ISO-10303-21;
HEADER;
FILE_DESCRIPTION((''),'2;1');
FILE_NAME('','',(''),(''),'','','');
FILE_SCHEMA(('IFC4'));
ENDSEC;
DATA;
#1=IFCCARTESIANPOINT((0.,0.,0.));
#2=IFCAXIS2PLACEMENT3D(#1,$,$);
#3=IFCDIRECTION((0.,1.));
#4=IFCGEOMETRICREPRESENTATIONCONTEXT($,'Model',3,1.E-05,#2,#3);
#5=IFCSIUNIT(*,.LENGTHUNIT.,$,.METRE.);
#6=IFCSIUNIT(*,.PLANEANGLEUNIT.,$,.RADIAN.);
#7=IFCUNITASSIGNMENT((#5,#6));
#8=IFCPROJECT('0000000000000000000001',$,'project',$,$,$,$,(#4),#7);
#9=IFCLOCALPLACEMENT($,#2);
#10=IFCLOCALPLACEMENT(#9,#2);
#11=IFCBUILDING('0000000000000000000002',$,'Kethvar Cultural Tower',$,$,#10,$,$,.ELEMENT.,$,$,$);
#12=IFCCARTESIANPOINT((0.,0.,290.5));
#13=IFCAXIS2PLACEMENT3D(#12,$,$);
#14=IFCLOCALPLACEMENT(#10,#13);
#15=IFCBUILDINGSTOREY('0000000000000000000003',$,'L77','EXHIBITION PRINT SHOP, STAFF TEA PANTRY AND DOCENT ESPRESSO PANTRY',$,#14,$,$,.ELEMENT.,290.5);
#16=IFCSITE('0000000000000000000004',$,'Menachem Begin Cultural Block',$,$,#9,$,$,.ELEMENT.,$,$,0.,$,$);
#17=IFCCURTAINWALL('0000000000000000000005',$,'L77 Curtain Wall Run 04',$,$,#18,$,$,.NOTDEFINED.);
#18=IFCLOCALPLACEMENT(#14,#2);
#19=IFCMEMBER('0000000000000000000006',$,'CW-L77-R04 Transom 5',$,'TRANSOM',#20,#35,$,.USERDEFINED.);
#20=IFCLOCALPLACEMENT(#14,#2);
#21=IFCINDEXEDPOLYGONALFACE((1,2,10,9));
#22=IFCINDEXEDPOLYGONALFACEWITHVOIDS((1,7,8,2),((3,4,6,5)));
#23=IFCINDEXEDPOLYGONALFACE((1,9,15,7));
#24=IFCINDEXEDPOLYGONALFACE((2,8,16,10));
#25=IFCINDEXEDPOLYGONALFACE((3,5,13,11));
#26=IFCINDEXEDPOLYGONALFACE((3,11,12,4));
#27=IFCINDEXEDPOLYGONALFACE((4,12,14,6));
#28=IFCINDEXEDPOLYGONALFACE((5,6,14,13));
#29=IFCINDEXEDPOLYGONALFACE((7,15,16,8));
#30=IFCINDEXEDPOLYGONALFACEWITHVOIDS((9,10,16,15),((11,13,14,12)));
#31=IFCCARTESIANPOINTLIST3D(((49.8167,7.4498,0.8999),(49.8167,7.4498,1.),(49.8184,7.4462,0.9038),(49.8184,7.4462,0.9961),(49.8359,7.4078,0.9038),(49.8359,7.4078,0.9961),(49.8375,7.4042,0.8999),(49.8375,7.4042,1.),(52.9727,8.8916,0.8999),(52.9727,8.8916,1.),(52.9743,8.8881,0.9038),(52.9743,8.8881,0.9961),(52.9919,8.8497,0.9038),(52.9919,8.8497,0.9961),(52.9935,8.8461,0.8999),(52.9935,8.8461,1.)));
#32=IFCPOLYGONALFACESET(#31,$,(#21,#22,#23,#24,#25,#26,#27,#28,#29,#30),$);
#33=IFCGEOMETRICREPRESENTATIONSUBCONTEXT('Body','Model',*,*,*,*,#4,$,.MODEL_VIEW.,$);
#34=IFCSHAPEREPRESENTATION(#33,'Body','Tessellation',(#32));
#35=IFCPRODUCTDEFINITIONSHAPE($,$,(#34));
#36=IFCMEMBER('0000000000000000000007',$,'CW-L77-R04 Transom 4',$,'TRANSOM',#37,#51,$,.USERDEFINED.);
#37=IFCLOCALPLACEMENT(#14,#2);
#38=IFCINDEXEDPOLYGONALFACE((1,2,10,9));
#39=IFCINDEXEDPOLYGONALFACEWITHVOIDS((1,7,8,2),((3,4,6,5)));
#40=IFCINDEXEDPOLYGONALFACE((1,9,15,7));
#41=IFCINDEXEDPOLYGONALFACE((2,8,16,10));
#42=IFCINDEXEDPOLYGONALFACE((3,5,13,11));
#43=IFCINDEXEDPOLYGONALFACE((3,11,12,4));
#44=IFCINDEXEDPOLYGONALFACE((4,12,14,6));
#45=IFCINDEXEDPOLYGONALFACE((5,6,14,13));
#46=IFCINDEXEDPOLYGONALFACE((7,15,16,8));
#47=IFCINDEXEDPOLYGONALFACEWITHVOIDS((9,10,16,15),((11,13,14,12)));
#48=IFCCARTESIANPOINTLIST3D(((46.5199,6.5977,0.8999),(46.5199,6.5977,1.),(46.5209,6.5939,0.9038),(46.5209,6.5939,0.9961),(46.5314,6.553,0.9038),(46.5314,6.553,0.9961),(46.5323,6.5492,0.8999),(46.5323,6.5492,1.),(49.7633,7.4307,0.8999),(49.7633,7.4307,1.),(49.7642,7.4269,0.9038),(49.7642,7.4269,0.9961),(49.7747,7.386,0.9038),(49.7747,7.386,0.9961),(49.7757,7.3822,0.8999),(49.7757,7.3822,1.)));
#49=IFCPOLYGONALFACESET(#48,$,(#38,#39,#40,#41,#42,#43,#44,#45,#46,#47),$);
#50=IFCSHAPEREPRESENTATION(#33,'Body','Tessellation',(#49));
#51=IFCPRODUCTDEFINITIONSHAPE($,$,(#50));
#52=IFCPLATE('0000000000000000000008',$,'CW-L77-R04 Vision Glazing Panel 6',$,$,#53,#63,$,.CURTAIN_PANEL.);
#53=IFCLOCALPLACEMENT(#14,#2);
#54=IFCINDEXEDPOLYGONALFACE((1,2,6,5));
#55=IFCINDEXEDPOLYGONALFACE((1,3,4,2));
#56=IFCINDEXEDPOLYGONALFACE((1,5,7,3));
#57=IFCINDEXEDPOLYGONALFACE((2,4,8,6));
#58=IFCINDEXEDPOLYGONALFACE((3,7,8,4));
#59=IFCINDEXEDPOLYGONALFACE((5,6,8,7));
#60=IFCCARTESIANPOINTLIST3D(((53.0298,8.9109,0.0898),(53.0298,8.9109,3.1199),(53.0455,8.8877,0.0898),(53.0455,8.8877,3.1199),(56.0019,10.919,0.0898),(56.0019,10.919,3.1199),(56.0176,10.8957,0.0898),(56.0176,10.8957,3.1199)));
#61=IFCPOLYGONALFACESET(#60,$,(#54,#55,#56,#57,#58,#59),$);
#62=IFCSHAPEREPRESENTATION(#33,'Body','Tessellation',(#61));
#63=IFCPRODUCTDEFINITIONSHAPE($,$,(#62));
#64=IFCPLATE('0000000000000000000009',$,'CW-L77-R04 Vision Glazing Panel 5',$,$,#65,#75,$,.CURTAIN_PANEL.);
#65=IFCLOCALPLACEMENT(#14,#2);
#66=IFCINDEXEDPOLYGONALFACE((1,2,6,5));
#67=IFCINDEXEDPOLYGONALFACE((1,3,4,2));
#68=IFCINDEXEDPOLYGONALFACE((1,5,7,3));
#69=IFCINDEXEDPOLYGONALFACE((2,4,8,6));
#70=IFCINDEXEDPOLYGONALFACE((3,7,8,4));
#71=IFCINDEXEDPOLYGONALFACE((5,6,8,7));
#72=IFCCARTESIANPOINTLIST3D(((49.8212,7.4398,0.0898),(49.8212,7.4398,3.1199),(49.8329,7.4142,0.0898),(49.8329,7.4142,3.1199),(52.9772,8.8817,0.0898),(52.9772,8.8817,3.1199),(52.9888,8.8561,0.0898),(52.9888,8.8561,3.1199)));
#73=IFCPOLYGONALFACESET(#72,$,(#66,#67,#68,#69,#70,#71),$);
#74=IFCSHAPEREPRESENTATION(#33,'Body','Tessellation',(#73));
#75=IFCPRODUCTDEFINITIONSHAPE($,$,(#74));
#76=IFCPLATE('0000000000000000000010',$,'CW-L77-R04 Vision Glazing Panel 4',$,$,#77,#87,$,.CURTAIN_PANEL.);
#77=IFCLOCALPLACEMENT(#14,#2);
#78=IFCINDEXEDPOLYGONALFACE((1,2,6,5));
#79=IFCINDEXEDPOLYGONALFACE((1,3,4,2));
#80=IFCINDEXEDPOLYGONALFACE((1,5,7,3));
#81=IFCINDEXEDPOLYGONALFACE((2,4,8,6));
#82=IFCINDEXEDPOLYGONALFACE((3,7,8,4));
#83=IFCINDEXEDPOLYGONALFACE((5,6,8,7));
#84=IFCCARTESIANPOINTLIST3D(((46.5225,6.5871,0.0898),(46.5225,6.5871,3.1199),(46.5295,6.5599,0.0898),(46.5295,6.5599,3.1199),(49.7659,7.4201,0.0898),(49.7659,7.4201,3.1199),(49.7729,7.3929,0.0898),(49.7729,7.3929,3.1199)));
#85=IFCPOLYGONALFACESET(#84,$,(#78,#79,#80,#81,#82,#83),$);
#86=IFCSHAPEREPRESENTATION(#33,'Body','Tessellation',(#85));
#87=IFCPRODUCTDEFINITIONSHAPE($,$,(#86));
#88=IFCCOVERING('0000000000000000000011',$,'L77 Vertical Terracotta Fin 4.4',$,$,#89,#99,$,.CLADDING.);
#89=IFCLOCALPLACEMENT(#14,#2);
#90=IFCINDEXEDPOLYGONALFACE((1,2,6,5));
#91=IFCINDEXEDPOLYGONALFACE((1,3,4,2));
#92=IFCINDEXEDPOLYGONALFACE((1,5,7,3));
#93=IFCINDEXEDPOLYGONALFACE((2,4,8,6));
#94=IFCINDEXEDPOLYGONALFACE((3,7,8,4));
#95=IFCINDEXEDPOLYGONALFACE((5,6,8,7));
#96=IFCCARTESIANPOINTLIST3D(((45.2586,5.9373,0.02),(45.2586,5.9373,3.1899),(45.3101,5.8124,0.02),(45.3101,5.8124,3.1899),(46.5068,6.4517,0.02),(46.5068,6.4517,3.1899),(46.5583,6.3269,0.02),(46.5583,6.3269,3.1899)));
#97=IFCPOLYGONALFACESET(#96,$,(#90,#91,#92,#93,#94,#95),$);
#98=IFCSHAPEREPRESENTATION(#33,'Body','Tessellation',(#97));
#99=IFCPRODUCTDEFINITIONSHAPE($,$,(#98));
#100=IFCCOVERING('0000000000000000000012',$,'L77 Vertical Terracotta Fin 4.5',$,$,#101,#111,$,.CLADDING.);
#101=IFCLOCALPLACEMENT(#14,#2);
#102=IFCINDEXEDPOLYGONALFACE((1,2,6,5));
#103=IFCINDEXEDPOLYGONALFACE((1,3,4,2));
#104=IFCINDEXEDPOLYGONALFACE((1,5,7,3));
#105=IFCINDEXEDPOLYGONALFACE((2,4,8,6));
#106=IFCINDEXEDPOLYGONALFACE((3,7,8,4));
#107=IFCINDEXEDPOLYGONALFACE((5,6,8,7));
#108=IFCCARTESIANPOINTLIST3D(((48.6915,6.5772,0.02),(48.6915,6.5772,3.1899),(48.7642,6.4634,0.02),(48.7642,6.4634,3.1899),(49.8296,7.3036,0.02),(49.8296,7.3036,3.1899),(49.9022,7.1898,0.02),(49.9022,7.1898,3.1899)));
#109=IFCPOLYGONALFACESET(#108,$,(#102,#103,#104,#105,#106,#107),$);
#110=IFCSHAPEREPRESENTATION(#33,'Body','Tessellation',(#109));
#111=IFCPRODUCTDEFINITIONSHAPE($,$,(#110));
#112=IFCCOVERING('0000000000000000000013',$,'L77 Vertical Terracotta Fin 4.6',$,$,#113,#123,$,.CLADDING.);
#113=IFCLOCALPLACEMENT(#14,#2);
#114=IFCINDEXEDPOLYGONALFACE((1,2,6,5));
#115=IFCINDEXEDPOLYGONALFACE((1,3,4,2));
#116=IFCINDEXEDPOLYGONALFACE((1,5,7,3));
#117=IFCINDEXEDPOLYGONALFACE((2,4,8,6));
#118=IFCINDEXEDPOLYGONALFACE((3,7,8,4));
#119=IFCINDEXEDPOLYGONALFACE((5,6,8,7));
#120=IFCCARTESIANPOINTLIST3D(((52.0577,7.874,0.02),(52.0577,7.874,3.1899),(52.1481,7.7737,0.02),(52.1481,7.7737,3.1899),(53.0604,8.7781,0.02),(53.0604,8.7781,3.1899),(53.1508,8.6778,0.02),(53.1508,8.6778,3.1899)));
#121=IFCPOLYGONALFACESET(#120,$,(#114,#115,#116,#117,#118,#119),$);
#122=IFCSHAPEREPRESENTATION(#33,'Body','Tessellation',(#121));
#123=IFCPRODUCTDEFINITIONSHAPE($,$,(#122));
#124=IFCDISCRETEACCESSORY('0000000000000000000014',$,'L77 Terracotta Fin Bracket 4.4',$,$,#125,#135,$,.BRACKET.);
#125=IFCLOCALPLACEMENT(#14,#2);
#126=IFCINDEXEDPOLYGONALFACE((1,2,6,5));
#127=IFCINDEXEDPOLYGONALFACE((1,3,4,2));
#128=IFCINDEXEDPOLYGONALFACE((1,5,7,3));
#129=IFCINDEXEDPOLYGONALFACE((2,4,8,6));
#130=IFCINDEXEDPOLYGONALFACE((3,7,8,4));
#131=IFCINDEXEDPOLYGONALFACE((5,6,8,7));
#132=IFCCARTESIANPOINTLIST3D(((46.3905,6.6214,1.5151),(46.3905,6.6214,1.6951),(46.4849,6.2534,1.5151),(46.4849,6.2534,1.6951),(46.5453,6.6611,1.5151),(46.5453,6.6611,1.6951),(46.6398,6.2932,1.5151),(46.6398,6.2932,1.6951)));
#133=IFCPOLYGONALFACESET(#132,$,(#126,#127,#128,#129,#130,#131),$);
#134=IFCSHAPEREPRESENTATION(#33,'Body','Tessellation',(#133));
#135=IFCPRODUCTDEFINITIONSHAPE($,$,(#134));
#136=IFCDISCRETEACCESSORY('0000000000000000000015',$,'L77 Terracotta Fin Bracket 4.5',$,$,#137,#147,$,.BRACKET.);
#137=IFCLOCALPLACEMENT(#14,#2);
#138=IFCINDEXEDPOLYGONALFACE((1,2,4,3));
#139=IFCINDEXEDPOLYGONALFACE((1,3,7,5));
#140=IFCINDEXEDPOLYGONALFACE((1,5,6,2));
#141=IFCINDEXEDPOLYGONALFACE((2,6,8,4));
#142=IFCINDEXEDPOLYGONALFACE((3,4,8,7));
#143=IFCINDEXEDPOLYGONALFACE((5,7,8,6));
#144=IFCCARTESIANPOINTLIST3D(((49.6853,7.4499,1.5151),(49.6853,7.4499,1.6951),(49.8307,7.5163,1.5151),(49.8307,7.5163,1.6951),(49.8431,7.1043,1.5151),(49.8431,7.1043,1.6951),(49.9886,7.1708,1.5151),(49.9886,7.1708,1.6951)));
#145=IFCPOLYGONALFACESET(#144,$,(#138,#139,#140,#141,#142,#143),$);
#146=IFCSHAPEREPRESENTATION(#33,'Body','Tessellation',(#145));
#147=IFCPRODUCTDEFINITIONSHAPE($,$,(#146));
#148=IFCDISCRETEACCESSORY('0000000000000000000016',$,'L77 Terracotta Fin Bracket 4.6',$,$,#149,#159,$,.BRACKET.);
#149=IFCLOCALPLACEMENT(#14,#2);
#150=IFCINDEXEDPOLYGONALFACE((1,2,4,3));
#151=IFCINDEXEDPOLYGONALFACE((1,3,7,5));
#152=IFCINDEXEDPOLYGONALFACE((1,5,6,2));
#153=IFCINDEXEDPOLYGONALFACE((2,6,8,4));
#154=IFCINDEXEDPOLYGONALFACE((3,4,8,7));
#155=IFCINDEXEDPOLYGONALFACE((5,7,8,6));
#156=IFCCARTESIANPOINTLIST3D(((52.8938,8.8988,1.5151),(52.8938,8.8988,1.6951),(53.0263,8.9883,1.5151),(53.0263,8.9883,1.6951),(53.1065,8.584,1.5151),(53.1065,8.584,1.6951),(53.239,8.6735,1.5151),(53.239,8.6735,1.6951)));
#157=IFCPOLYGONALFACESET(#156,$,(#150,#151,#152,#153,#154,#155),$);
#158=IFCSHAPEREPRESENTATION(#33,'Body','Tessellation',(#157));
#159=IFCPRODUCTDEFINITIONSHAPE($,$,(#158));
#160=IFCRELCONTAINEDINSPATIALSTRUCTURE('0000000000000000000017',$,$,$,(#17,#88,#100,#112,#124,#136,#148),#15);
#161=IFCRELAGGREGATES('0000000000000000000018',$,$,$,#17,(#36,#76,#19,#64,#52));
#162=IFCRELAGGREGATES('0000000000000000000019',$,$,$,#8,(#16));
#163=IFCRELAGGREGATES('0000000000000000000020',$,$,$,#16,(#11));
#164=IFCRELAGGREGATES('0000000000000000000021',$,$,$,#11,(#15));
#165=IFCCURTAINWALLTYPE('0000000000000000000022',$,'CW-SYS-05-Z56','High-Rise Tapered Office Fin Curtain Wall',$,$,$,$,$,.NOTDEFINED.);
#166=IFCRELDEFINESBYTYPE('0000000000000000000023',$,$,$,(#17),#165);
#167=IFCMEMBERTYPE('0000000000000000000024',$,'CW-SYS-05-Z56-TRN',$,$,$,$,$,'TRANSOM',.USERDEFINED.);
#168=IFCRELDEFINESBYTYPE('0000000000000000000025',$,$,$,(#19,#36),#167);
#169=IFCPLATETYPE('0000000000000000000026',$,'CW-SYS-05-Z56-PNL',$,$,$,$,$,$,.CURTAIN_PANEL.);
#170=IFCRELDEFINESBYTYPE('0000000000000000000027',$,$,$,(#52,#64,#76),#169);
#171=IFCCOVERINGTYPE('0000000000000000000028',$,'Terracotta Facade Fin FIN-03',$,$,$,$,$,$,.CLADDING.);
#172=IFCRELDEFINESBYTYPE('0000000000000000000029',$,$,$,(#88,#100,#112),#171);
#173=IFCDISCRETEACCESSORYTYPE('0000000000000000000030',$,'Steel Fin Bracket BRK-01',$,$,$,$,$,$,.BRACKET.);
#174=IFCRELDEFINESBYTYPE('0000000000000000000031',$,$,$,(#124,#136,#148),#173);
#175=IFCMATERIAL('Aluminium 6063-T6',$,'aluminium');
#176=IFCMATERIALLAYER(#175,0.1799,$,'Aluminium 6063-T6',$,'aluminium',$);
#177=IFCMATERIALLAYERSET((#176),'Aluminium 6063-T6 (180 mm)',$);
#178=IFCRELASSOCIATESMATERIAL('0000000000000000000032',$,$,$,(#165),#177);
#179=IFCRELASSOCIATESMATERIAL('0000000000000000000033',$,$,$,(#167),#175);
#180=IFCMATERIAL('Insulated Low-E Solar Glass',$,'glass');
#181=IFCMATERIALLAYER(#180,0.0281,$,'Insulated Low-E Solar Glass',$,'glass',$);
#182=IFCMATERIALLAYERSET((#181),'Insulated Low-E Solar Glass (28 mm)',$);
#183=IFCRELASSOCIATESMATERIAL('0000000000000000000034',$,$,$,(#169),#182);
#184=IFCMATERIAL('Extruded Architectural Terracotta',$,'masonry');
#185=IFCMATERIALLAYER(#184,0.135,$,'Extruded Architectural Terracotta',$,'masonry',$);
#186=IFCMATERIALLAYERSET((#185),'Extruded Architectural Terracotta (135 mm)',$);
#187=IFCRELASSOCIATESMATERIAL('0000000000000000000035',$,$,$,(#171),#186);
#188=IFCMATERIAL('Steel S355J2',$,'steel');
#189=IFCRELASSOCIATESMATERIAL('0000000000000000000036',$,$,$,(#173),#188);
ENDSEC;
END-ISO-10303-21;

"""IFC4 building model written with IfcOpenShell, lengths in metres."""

from ifc_helpers import new_model, si_unit, direction, frame, origin, origin_2d, place, context, subcontext, project, spatial, rectangle, hollow_rectangle, extrude, source, transform, mapped, material, layer, layer_set, material_profile, profile_set, type_object, element, aggregate, save


model = new_model("IFC4")

# Units and contexts
model_context = context("Model", 3, precision=1e-05, world=origin(), true_north=direction((0.0, 1.0)))
body_context = subcontext(model_context, "Body", "Model", "MODEL_VIEW")
ifc_project = project(units=[si_unit("LENGTHUNIT", "METRE"), si_unit("PLANEANGLEUNIT", "RADIAN")], contexts=[model_context])

# Site, building, storey
site_placement = place(None, origin())
site = spatial("IfcSite", under=ifc_project, at=site_placement, Name="Menachem Begin Cultural Block", CompositionType="ELEMENT", RefElevation=0.0)
building_placement = place(site_placement, origin())
building = spatial("IfcBuilding", under=site, at=building_placement, Name="Kethvar Cultural Tower", CompositionType="ELEMENT")
storey_placement = place(building_placement, frame((0.0, 0.0, 290.5)))
storey = spatial("IfcBuildingStorey", under=building, at=storey_placement, Name="L77", Description="EXHIBITION PRINT SHOP, STAFF TEA PANTRY AND DOCENT ESPRESSO PANTRY", CompositionType="ELEMENT", Elevation=290.5)

# Shared definitions
ifc_material_1 = material(Name="Steel S355J2", Category="steel")

# Curtain wall, members, plates
ifc_material_2 = material(Name="Aluminium 6063-T6", Category="aluminium")
ifc_layer_1 = layer(ifc_material_2, 0.1799, Name="Aluminium 6063-T6", Category="aluminium")
ifc_layer_set_1 = layer_set([ifc_layer_1], Name="Aluminium 6063-T6 (180 mm)")
curtain_wall_type = type_object("IfcCurtainWallType", Name="CW-SYS-05-Z56", Description="High-Rise Tapered Office Fin Curtain Wall", PredefinedType="NOTDEFINED", material=ifc_layer_set_1)
curtain_wall_placement = place(storey_placement, origin())
curtain_wall = element("IfcCurtainWall", 1, at=curtain_wall_placement, inside=storey, type_object=curtain_wall_type, Name="L77 Curtain Wall Run 04", PredefinedType="NOTDEFINED")
ifc_material_profile_1 = material_profile(ifc_material_2, hollow_rectangle(XDim=0.05, YDim=0.1001, WallThickness=0.0039, at=origin_2d()), Name="Aluminium 6063-T6 — RHS100x50x4")
ifc_profile_set_1 = profile_set([ifc_material_profile_1], Name="Aluminium 6063-T6 — RHS100x50x4")
member_type_1 = type_object("IfcMemberType", Name="CW-SYS-05-Z56-TRN", ElementType="TRANSOM", PredefinedType="USERDEFINED", material=ifc_profile_set_1)
shared_shape_1 = source(origin(), body_context, "Body", "SweptSolid", [
    extrude(hollow_rectangle(XDim=0.05, YDim=0.1001, WallThickness=0.0039, at=origin_2d()), origin(), (0.0, 0.0, 1.0), 3.4697),
])
member_1_placement = place(storey_placement, frame((49.8271, 7.427, 0.95), z_axis=(0.909567, 0.415557, 0.0), x_axis=(-0.415557, 0.909567, 0.0)))
member_1 = element("IfcMember", 2, at=member_1_placement, type_object=member_type_1, Name="CW-L77-R04 Transom 5", ObjectType="TRANSOM", PredefinedType="USERDEFINED", context=body_context, shape_type="MappedRepresentation", body=[
    mapped(shared_shape_1, transform((0.0, 0.0, 0.0), scale=1.0)),
])
shared_shape_2 = source(origin(), body_context, "Body", "SweptSolid", [
    extrude(hollow_rectangle(XDim=0.05, YDim=0.1001, WallThickness=0.0039, at=origin_2d()), origin(), (0.0, 0.0, 1.0), 3.3486),
])
member_2_placement = place(storey_placement, frame((46.5261, 6.5735, 0.95), z_axis=(0.968566, 0.248758, 0.0), x_axis=(-0.248758, 0.968566, 0.0)))
member_2 = element("IfcMember", 3, at=member_2_placement, type_object=member_type_1, Name="CW-L77-R04 Transom 4", ObjectType="TRANSOM", PredefinedType="USERDEFINED", context=body_context, shape_type="MappedRepresentation", body=[
    mapped(shared_shape_2, transform((0.0, 0.0, 0.0), scale=1.0)),
])
ifc_material_3 = material(Name="Insulated Low-E Solar Glass", Category="glass")
ifc_layer_2 = layer(ifc_material_3, 0.0281, Name="Insulated Low-E Solar Glass", Category="glass")
ifc_layer_set_2 = layer_set([ifc_layer_2], Name="Insulated Low-E Solar Glass (28 mm)")
plate_type = type_object("IfcPlateType", Name="CW-SYS-05-Z56-PNL", PredefinedType="CURTAIN_PANEL", material=ifc_layer_set_2)
shared_shape_3 = source(origin(), body_context, "Body", "SweptSolid", [
    extrude(rectangle(XDim=3.5869, YDim=0.0281, at=origin_2d()), origin(), (0.0, 0.0, 1.0), 3.03),
])
plate_1_placement = place(storey_placement, frame((54.5237, 9.9033, 0.0898), z_axis=(0.0, 0.0, 1.0), x_axis=(0.828608, 0.559829, 0.0)))
plate_1 = element("IfcPlate", 4, at=plate_1_placement, type_object=plate_type, Name="CW-L77-R04 Vision Glazing Panel 6", PredefinedType="CURTAIN_PANEL", context=body_context, shape_type="MappedRepresentation", body=[
    mapped(shared_shape_3, transform((0.0, 0.0, 0.0), scale=1.0)),
])
shared_shape_4 = source(origin(), body_context, "Body", "SweptSolid", [
    extrude(rectangle(XDim=3.4697, YDim=0.0281, at=origin_2d()), origin(), (0.0, 0.0, 1.0), 3.03),
])
plate_2_placement = place(storey_placement, frame((51.405, 8.1479, 0.0898), z_axis=(0.0, 0.0, 1.0), x_axis=(0.909563, 0.415567, 0.0)))
plate_2 = element("IfcPlate", 5, at=plate_2_placement, type_object=plate_type, Name="CW-L77-R04 Vision Glazing Panel 5", PredefinedType="CURTAIN_PANEL", context=body_context, shape_type="MappedRepresentation", body=[
    mapped(shared_shape_4, transform((0.0, 0.0, 0.0), scale=1.0)),
])
shared_shape_5 = source(origin(), body_context, "Body", "SweptSolid", [
    extrude(rectangle(XDim=3.3486, YDim=0.0281, at=origin_2d()), origin(), (0.0, 0.0, 1.0), 3.03),
])
plate_3_placement = place(storey_placement, frame((48.1477, 6.99, 0.0898), z_axis=(0.0, 0.0, 1.0), x_axis=(0.968566, 0.248758, 0.0)))
plate_3 = element("IfcPlate", 6, at=plate_3_placement, type_object=plate_type, Name="CW-L77-R04 Vision Glazing Panel 4", PredefinedType="CURTAIN_PANEL", context=body_context, shape_type="MappedRepresentation", body=[
    mapped(shared_shape_5, transform((0.0, 0.0, 0.0), scale=1.0)),
])
aggregate(curtain_wall, [member_2, plate_3, member_1, plate_2, plate_1])

# Coverings
ifc_material_4 = material(Name="Extruded Architectural Terracotta", Category="masonry")
ifc_layer_3 = layer(ifc_material_4, 0.135, Name="Extruded Architectural Terracotta", Category="masonry")
ifc_layer_set_3 = layer_set([ifc_layer_3], Name="Extruded Architectural Terracotta (135 mm)")
covering_type = type_object("IfcCoveringType", Name="Terracotta Facade Fin FIN-03", PredefinedType="CLADDING", material=ifc_layer_set_3)
shared_shape_6 = source(origin(), body_context, "Body", "SweptSolid", [
    extrude(rectangle(XDim=1.3501, YDim=0.135, at=origin_2d()), origin(), (0.0, 0.0, 1.0), 3.1699),
])
for number, where, z_axis, x_axis, name in (
    (7, (45.9084, 6.1321, 0.02), (0.0, 0.0, 1.0), (-0.924546, -0.38107, 0.0), "L77 Vertical Terracotta Fin 4.4"),
    (8, (49.2969, 6.8835, 0.02), (0.0, 0.0, 1.0), (-0.842922, -0.538035, 0.0), "L77 Vertical Terracotta Fin 4.5"),
    (9, (52.6042, 8.2759, 0.02), (0.0, 0.0, 1.0), (-0.742678, -0.669649, 0.0), "L77 Vertical Terracotta Fin 4.6"),
):
    element("IfcCovering", number, at=place(storey_placement, frame(where, z_axis=z_axis, x_axis=x_axis)), inside=storey, type_object=covering_type, Name=name, PredefinedType="CLADDING", context=body_context, shape_type="MappedRepresentation", body=[
        mapped(shared_shape_6, transform((0.0, 0.0, 0.0), scale=1.0)),
    ])

# Discrete accessories
discrete_accessory_type = type_object("IfcDiscreteAccessoryType", Name="Steel Fin Bracket BRK-01", PredefinedType="BRACKET", material=ifc_material_1)
shared_shape_7 = source(origin(), body_context, "Body", "SweptSolid", [
    extrude(rectangle(XDim=0.3799, YDim=0.1599, at=origin_2d()), origin(), (0.0, 0.0, 1.0), 0.1799),
])
for number, where, z_axis, x_axis, name in (
    (10, (46.5151, 6.4573, 1.5151), (0.0, 0.0, 1.0), (0.24869, -0.968583, 0.0), "L77 Terracotta Fin Bracket 4.4"),
    (11, (49.8369, 7.3103, 1.5151), (0.0, 0.0, 1.0), (0.415487, -0.909599, 0.0), "L77 Terracotta Fin Bracket 4.5"),
    (12, (53.0664, 8.7861, 1.5151), (0.0, 0.0, 1.0), (0.559772, -0.828647, 0.0), "L77 Terracotta Fin Bracket 4.6"),
):
    element("IfcDiscreteAccessory", number, at=place(storey_placement, frame(where, z_axis=z_axis, x_axis=x_axis)), inside=storey, type_object=discrete_accessory_type, Name=name, PredefinedType="BRACKET", context=body_context, shape_type="MappedRepresentation", body=[
        mapped(shared_shape_7, transform((0.0, 0.0, 0.0), scale=1.0)),
    ])

save(model, "model.ifc")
